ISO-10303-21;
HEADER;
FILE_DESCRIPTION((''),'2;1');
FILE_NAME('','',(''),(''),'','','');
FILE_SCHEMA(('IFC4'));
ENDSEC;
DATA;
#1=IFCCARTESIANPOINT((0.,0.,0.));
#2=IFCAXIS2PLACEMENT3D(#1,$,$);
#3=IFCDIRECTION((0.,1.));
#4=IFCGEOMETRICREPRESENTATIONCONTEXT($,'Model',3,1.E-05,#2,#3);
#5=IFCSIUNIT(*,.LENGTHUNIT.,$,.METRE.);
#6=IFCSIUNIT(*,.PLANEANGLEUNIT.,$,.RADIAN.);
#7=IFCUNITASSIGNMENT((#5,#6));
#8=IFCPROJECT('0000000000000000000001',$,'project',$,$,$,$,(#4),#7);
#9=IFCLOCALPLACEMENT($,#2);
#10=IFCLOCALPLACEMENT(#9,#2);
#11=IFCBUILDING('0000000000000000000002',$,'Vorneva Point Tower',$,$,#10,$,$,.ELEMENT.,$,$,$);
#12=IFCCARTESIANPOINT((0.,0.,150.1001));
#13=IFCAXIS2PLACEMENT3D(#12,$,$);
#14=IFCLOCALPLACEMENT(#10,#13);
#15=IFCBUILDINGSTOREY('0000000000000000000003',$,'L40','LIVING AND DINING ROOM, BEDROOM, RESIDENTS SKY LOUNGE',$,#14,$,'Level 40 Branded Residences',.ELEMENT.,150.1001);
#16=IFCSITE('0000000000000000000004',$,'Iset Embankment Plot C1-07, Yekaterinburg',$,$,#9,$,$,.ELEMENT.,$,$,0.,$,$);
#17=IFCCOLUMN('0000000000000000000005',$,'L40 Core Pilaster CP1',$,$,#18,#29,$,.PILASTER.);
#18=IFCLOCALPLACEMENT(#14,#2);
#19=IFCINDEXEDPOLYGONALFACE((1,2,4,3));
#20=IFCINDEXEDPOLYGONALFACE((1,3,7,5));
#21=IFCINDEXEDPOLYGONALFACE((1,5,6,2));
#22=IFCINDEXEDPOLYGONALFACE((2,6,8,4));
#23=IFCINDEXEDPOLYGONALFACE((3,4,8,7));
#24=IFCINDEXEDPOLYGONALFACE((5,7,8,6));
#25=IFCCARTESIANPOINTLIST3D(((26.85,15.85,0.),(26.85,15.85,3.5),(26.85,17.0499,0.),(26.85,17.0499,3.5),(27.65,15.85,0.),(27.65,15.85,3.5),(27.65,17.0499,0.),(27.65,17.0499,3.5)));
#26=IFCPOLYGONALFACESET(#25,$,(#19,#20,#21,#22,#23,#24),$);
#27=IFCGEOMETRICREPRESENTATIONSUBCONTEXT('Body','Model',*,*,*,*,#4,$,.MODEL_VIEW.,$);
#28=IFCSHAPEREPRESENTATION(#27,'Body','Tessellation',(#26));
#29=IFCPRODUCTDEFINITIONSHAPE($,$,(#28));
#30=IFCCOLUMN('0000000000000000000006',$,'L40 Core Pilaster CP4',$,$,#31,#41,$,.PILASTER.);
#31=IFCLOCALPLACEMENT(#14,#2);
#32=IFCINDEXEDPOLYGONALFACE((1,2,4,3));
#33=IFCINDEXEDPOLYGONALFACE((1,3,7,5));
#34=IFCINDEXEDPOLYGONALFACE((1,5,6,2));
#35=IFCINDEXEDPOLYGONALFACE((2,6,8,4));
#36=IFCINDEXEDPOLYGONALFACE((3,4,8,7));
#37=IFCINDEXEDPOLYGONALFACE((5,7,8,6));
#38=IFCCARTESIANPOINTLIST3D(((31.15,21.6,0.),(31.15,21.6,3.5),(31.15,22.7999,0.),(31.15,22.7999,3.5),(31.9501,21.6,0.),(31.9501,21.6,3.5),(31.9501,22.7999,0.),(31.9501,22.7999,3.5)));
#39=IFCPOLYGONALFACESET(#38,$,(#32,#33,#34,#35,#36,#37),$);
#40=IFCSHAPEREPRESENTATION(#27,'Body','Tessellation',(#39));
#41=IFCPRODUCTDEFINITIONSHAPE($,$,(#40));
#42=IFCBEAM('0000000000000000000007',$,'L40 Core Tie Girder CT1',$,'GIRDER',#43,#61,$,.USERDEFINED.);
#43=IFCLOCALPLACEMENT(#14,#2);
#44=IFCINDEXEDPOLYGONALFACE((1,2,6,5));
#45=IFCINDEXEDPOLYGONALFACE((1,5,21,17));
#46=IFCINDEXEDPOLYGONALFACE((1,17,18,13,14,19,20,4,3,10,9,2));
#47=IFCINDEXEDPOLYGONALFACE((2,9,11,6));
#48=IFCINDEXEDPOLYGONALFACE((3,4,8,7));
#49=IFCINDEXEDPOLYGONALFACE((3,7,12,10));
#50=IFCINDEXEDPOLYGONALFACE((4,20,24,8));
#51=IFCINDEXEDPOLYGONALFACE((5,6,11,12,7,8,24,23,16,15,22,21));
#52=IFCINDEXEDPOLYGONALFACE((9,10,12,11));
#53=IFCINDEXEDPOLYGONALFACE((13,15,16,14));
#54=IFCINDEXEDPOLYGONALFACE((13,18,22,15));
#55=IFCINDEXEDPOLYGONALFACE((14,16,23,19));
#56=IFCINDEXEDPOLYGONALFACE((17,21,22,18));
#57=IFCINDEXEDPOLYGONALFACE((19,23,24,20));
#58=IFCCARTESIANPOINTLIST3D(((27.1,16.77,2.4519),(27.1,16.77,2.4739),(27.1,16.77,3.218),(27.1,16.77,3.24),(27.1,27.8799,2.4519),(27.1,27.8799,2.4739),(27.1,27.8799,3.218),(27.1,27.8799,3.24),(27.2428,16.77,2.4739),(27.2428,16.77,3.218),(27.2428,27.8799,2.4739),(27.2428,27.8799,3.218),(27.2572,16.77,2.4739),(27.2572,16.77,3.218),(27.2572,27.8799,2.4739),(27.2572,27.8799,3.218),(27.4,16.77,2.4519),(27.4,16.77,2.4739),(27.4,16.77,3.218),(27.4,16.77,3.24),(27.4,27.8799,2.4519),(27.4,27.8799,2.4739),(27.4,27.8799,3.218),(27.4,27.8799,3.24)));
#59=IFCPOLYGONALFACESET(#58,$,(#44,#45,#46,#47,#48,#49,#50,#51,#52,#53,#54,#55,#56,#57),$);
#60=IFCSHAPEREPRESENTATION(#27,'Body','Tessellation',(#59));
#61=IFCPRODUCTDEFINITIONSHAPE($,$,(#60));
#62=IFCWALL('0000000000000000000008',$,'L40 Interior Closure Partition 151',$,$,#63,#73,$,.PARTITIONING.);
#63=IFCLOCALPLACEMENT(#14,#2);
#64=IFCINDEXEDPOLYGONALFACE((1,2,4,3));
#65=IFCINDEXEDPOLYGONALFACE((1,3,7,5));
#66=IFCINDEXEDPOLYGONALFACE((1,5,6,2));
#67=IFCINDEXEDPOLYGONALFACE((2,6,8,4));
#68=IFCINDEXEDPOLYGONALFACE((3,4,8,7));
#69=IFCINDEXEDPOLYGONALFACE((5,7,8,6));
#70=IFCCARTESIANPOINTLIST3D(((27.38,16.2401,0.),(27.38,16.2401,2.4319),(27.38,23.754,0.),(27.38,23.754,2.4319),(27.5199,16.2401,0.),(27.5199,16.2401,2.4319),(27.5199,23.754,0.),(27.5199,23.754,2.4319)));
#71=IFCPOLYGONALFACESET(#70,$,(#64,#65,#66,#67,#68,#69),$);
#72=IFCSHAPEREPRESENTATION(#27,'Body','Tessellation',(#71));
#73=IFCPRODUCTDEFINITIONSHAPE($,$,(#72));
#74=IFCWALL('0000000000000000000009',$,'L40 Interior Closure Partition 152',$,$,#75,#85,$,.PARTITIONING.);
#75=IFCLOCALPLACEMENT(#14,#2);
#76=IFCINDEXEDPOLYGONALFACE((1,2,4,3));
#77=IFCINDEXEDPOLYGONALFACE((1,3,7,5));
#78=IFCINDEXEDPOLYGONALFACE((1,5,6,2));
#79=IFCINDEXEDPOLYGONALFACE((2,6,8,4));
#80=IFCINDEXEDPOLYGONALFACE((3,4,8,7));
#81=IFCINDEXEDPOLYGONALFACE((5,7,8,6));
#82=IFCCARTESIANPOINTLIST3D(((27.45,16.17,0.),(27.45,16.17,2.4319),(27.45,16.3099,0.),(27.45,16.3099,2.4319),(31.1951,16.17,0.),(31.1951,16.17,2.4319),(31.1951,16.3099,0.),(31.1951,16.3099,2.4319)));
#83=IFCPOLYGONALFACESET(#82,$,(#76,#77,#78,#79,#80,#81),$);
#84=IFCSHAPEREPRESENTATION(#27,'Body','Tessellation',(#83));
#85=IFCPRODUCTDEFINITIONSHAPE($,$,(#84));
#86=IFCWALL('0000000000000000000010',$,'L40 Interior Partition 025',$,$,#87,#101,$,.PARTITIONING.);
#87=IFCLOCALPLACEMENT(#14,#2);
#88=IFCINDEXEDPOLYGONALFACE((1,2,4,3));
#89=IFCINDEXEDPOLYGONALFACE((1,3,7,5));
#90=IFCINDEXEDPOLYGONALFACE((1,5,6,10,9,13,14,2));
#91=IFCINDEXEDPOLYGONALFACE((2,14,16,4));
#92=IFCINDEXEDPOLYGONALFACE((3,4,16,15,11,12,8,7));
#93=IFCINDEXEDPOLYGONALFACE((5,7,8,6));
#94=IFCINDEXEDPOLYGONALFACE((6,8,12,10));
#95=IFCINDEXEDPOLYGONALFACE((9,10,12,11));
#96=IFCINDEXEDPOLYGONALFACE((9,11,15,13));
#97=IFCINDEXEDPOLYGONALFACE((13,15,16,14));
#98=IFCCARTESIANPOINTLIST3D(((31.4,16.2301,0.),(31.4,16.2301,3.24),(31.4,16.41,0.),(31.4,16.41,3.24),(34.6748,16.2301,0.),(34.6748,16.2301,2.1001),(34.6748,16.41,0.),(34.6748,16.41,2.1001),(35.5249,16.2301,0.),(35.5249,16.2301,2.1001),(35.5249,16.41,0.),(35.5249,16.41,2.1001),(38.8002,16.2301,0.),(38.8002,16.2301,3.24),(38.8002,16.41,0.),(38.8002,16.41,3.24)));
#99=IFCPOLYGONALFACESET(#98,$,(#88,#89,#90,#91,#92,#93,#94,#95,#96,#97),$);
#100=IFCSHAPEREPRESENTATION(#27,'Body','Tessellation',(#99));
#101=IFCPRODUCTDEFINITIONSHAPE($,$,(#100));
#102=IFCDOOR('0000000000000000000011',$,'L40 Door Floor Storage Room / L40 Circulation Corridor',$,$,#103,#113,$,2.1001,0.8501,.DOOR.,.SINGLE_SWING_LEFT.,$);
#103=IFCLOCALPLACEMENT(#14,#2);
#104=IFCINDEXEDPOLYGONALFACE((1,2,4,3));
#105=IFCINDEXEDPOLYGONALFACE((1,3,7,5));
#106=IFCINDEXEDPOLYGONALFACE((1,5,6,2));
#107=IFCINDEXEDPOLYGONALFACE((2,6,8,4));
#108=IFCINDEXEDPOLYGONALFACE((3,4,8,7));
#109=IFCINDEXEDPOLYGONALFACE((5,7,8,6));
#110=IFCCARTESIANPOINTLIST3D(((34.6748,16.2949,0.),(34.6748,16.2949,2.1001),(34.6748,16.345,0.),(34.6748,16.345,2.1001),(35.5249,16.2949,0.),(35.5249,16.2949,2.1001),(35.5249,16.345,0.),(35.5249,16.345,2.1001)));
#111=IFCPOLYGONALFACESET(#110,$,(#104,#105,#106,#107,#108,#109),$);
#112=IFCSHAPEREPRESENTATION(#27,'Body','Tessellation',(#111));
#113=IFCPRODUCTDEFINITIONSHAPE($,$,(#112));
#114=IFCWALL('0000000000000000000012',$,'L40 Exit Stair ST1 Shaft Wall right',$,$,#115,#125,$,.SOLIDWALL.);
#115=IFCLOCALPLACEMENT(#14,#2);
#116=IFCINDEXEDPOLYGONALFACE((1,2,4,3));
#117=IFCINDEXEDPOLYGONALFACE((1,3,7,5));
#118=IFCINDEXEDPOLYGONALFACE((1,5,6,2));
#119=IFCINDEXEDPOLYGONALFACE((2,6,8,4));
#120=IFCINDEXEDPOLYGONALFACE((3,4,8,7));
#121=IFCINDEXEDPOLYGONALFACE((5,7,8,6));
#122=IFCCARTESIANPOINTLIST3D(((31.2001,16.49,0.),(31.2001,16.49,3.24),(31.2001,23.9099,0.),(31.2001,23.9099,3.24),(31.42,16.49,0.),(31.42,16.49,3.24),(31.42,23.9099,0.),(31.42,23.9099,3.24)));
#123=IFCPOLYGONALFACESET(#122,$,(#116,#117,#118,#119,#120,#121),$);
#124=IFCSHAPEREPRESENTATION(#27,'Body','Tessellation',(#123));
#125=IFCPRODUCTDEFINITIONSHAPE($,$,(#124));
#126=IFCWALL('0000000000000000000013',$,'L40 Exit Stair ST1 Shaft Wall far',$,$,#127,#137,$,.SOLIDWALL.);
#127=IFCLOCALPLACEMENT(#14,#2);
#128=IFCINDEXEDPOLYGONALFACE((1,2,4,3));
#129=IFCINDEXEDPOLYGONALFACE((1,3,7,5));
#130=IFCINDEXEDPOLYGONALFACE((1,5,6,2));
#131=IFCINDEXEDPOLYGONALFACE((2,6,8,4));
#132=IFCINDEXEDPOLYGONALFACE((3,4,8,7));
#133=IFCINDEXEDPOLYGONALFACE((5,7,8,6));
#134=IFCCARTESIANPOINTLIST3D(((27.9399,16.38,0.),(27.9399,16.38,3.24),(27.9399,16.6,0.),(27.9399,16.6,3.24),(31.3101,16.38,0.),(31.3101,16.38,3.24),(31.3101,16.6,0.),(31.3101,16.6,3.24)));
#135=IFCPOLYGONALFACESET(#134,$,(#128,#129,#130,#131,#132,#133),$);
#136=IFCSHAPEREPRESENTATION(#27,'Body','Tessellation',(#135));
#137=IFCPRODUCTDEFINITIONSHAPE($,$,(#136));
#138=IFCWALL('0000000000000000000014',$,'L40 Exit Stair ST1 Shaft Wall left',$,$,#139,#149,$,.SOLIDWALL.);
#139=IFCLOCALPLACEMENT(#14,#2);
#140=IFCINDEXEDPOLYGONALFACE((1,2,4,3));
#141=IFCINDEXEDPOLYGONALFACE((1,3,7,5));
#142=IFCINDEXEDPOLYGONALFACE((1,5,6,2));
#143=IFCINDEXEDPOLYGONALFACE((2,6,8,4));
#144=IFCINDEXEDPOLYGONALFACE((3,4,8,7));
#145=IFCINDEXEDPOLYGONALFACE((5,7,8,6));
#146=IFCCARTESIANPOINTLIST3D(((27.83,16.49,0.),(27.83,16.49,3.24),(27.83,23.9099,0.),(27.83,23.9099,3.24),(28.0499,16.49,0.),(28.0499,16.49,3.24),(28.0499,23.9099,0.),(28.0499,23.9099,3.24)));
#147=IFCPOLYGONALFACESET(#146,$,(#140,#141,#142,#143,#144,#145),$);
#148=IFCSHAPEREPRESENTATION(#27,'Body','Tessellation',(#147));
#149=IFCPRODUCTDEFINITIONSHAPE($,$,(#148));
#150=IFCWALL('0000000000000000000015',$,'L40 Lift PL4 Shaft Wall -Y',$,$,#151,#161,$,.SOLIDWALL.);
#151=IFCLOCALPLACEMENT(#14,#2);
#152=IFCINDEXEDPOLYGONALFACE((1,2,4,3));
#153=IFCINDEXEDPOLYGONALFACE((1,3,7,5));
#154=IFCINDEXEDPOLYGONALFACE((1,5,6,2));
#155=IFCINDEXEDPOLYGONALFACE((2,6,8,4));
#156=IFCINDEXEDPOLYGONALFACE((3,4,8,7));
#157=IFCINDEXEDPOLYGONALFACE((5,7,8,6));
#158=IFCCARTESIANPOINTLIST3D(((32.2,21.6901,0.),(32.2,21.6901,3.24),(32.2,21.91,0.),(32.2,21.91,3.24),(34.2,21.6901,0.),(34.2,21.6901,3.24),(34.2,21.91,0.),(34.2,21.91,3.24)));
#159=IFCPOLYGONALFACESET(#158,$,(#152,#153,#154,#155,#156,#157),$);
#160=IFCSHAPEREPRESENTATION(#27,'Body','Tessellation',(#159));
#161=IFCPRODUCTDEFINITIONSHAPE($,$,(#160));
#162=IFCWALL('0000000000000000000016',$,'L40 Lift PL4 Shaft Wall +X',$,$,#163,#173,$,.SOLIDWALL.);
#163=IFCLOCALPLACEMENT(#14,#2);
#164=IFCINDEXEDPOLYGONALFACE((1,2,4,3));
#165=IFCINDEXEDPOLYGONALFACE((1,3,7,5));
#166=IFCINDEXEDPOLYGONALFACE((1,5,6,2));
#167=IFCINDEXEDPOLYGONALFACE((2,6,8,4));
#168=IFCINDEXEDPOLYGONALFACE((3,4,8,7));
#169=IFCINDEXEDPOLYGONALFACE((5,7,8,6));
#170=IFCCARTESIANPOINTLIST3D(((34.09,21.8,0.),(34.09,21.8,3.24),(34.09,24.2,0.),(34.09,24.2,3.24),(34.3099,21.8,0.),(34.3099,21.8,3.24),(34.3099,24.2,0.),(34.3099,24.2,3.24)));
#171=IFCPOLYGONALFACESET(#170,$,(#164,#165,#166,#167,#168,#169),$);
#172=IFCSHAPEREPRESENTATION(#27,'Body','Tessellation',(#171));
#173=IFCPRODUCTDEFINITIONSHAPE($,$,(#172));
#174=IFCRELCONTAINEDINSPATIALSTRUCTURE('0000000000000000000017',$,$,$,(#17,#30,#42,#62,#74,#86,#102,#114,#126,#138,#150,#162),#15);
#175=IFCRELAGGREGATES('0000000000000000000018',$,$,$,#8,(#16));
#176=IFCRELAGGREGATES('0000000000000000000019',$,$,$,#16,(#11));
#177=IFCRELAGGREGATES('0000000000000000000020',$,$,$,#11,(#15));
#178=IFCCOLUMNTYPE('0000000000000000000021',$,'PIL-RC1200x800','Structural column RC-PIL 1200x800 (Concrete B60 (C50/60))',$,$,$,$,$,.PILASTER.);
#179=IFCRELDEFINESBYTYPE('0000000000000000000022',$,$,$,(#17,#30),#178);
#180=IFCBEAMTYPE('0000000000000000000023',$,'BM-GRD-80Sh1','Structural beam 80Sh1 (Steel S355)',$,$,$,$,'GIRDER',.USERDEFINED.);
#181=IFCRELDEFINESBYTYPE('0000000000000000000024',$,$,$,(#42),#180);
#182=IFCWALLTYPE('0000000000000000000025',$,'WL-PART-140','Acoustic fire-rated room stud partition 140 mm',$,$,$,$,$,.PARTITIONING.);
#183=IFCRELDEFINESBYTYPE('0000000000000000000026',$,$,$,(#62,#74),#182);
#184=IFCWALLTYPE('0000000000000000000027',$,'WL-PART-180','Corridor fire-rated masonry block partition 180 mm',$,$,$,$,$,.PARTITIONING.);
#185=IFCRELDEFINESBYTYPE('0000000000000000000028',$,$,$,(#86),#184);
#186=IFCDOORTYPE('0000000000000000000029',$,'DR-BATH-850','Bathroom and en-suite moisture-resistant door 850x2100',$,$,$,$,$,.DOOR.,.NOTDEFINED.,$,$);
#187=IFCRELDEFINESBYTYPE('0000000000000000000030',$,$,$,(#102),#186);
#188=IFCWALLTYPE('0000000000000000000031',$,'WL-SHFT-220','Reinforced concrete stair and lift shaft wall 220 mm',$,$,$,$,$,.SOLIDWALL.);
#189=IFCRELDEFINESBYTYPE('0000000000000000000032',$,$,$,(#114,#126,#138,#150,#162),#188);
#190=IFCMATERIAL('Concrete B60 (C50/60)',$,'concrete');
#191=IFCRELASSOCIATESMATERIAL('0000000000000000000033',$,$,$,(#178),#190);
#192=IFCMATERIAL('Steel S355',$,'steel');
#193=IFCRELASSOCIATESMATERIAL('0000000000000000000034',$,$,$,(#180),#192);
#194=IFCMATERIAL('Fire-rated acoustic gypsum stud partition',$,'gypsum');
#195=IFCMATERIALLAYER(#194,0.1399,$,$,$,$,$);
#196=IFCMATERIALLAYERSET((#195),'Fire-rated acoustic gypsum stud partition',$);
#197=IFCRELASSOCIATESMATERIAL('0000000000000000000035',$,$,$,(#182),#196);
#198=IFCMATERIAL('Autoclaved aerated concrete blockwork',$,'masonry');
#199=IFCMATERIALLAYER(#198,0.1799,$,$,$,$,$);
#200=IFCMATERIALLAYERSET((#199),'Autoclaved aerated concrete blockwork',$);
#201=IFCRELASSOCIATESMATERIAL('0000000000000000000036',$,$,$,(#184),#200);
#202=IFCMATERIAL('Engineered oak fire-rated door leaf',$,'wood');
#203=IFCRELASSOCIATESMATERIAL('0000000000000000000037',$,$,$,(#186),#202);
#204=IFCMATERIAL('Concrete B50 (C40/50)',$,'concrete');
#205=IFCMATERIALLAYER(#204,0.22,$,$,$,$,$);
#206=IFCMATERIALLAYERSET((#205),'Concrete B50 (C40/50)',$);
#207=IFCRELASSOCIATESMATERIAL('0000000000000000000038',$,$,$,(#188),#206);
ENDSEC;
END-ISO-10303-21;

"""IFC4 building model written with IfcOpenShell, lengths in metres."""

from ifc_helpers import new_model, si_unit, direction, frame, frame_2d, origin, origin_2d, place, context, subcontext, project, spatial, rectangle, i_section, extrude, material, layer, layer_set, material_profile, profile_set, type_object, element, fill, save


model = new_model("IFC4")

# Units and contexts
model_context = context("Model", 3, precision=1e-05, world=origin(), true_north=direction((0.0, 1.0)))
body_context = subcontext(model_context, "Body", "Model", "MODEL_VIEW")
ifc_project = project(units=[si_unit("LENGTHUNIT", "METRE"), si_unit("PLANEANGLEUNIT", "RADIAN")], contexts=[model_context])

# Site, building, storey
site_placement = place(None, origin())
site = spatial("IfcSite", under=ifc_project, at=site_placement, Name="Iset Embankment Plot C1-07, Yekaterinburg", CompositionType="ELEMENT", RefElevation=0.0)
building_placement = place(site_placement, origin())
building = spatial("IfcBuilding", under=site, at=building_placement, Name="Vorneva Point Tower", CompositionType="ELEMENT")
storey_placement = place(building_placement, frame((0.0, 0.0, 150.1001)))
storey = spatial("IfcBuildingStorey", under=building, at=storey_placement, Name="L40", Description="LIVING AND DINING ROOM, BEDROOM, RESIDENTS SKY LOUNGE", LongName="Level 40 Branded Residences", CompositionType="ELEMENT", Elevation=150.1001)

# Columns
ifc_material_1 = material(Name="Concrete B60 (C50/60)", Category="concrete")
ifc_material_profile_1 = material_profile(ifc_material_1, rectangle(XDim=0.8, YDim=1.2, at=origin_2d()), Name="RC-PIL 1200x800")
ifc_profile_set_1 = profile_set([ifc_material_profile_1], Name="Concrete B60 (C50/60)")
column_type = type_object("IfcColumnType", Name="PIL-RC1200x800", Description="Structural column RC-PIL 1200x800 (Concrete B60 (C50/60))", PredefinedType="PILASTER", material=ifc_profile_set_1)
for number, where, z_axis, x_axis, name in (
    (1, (27.25, 16.45, 0.0), (0.0, 0.0, 1.0), (1.0, 0.0, 0.0), "L40 Core Pilaster CP1"),
    (2, (31.55, 22.2, 0.0), (0.0, 0.0, 1.0), (1.0, 0.0, 0.0), "L40 Core Pilaster CP4"),
):
    element("IfcColumn", number, at=place(storey_placement, frame(where, z_axis=z_axis, x_axis=x_axis)), inside=storey, type_object=column_type, Name=name, PredefinedType="PILASTER", context=body_context, shape_type="SweptSolid", body=[
        extrude(rectangle(XDim=0.8, YDim=1.2, at=origin_2d()), origin(), (0.0, 0.0, 1.0), 3.5),
    ])

# Beam
ifc_material_2 = material(Name="Steel S355", Category="steel")
ifc_material_profile_2 = material_profile(ifc_material_2, i_section(OverallWidth=0.3, OverallDepth=0.7881, WebThickness=0.0144, FlangeThickness=0.022, at=origin_2d()), Name="80Sh1")
ifc_profile_set_2 = profile_set([ifc_material_profile_2], Name="Steel S355")
beam_type = type_object("IfcBeamType", Name="BM-GRD-80Sh1", Description="Structural beam 80Sh1 (Steel S355)", ElementType="GIRDER", PredefinedType="USERDEFINED", material=ifc_profile_set_2)
beam_placement = place(storey_placement, frame((27.25, 16.77, 2.8459), z_axis=(0.0, 1.0, 0.0), x_axis=(-1.0, 0.0, 0.0)))
element("IfcBeam", 3, at=beam_placement, inside=storey, type_object=beam_type, Name="L40 Core Tie Girder CT1", ObjectType="GIRDER", PredefinedType="USERDEFINED", context=body_context, shape_type="SweptSolid", body=[
    extrude(i_section(OverallWidth=0.3, OverallDepth=0.7881, WebThickness=0.0144, FlangeThickness=0.022, at=origin_2d()), origin(), (0.0, 0.0, 1.0), 11.1099),
])

# Walls
ifc_material_3 = material(Name="Fire-rated acoustic gypsum stud partition", Category="gypsum")
ifc_layer_1 = layer(ifc_material_3, 0.1399)
ifc_layer_set_1 = layer_set([ifc_layer_1], Name="Fire-rated acoustic gypsum stud partition")
wall_type_1 = type_object("IfcWallType", Name="WL-PART-140", Description="Acoustic fire-rated room stud partition 140 mm", PredefinedType="PARTITIONING", material=ifc_layer_set_1)
wall_1_placement = place(storey_placement, frame((27.45, 23.7539, 0.0), z_axis=(0.0, 0.0, 1.0), x_axis=(0.0, -1.0, 0.0)))
element("IfcWall", 4, at=wall_1_placement, inside=storey, type_object=wall_type_1, Name="L40 Interior Closure Partition 151", PredefinedType="PARTITIONING", context=body_context, shape_type="SweptSolid", body=[
    extrude(rectangle(XDim=7.5139, YDim=0.1399, at=frame_2d((3.7568, 0.0))), origin(), (0.0, 0.0, 1.0), 2.4319),
])
wall_2_placement = place(storey_placement, frame((27.45, 16.24, 0.0), z_axis=(0.0, 0.0, 1.0), x_axis=(1.0, 0.0, 0.0)))
element("IfcWall", 5, at=wall_2_placement, inside=storey, type_object=wall_type_1, Name="L40 Interior Closure Partition 152", PredefinedType="PARTITIONING", context=body_context, shape_type="SweptSolid", body=[
    extrude(rectangle(XDim=3.7451, YDim=0.1399, at=frame_2d((1.8726, 0.0))), origin(), (0.0, 0.0, 1.0), 2.4319),
])

# Wall, opening, door
ifc_material_4 = material(Name="Autoclaved aerated concrete blockwork", Category="masonry")
ifc_layer_2 = layer(ifc_material_4, 0.1799)
ifc_layer_set_2 = layer_set([ifc_layer_2], Name="Autoclaved aerated concrete blockwork")
wall_type_2 = type_object("IfcWallType", Name="WL-PART-180", Description="Corridor fire-rated masonry block partition 180 mm", PredefinedType="PARTITIONING", material=ifc_layer_set_2)
wall_3_placement = place(storey_placement, frame((31.3999, 16.3201, 0.0), z_axis=(0.0, 0.0, 1.0), x_axis=(1.0, 0.0, 0.0)))
wall_3 = element("IfcWall", 6, at=wall_3_placement, inside=storey, type_object=wall_type_2, Name="L40 Interior Partition 025", PredefinedType="PARTITIONING", context=body_context, shape_type="SweptSolid", body=[
    extrude(rectangle(XDim=7.4001, YDim=0.1799, at=frame_2d((3.7002, 0.0))), origin(), (0.0, 0.0, 1.0), 3.24),
])
opening_1_placement = place(wall_3_placement, frame((3.2749, 0.0, 0.0)))
opening_1 = element("IfcOpeningElement", 7, at=opening_1_placement, cuts=wall_3, PredefinedType="OPENING", context=body_context, shape_type="SweptSolid", body=[
    extrude(rectangle(XDim=0.8501, YDim=2.1001, at=frame_2d((0.425, 1.05))), frame((0.0, 0.105, 0.0), z_axis=(0.0, -1.0, 0.0), x_axis=(1.0, 0.0, 0.0)), (0.0, 0.0, 1.0), 0.2097),
])
ifc_material_5 = material(Name="Engineered oak fire-rated door leaf", Category="wood")
door_type_1 = type_object("IfcDoorType", Name="DR-BATH-850", Description="Bathroom and en-suite moisture-resistant door 850x2100", OperationType="NOTDEFINED", PredefinedType="DOOR", material=ifc_material_5)
door_1_placement = place(opening_1_placement, origin())
door_1 = element("IfcDoor", 8, at=door_1_placement, inside=storey, type_object=door_type_1, Name="L40 Door Floor Storage Room / L40 Circulation Corridor", OperationType="SINGLE_SWING_LEFT", OverallHeight=2.1001, OverallWidth=0.8501, PredefinedType="DOOR", context=body_context, shape_type="SweptSolid", body=[
    extrude(rectangle(XDim=0.8501, YDim=2.1001, at=frame_2d((0.425, 1.05))), frame((0.0, 0.0249, 0.0), z_axis=(0.0, -1.0, 0.0), x_axis=(1.0, 0.0, 0.0)), (0.0, 0.0, 1.0), 0.05),
])
fill(opening_1, door_1)
ifc_material_6 = material(Name="Concrete B50 (C40/50)", Category="concrete")
ifc_layer_3 = layer(ifc_material_6, 0.22)
ifc_layer_set_3 = layer_set([ifc_layer_3], Name="Concrete B50 (C40/50)")
wall_type_3 = type_object("IfcWallType", Name="WL-SHFT-220", Description="Reinforced concrete stair and lift shaft wall 220 mm", PredefinedType="SOLIDWALL", material=ifc_layer_set_3)

# Walls
wall_4_placement = place(storey_placement, frame((31.3101, 23.9099, 0.0), z_axis=(0.0, 0.0, 1.0), x_axis=(0.0, -1.0, 0.0)))
element("IfcWall", 9, at=wall_4_placement, inside=storey, type_object=wall_type_3, Name="L40 Exit Stair ST1 Shaft Wall right", PredefinedType="SOLIDWALL", context=body_context, shape_type="SweptSolid", body=[
    extrude(rectangle(XDim=7.4199, YDim=0.22, at=frame_2d((3.71, 0.0))), origin(), (0.0, 0.0, 1.0), 3.24),
])
wall_5_placement = place(storey_placement, frame((31.3101, 16.49, 0.0), z_axis=(0.0, 0.0, 1.0), x_axis=(-1.0, 0.0, 0.0)))
element("IfcWall", 10, at=wall_5_placement, inside=storey, type_object=wall_type_3, Name="L40 Exit Stair ST1 Shaft Wall far", PredefinedType="SOLIDWALL", context=body_context, shape_type="SweptSolid", body=[
    extrude(rectangle(XDim=3.3701, YDim=0.22, at=frame_2d((1.6851, 0.0))), origin(), (0.0, 0.0, 1.0), 3.24),
])
wall_6_placement = place(storey_placement, frame((27.9399, 16.49, 0.0), z_axis=(0.0, 0.0, 1.0), x_axis=(0.0, 1.0, 0.0)))
element("IfcWall", 11, at=wall_6_placement, inside=storey, type_object=wall_type_3, Name="L40 Exit Stair ST1 Shaft Wall left", PredefinedType="SOLIDWALL", context=body_context, shape_type="SweptSolid", body=[
    extrude(rectangle(XDim=7.4199, YDim=0.22, at=frame_2d((3.71, 0.0))), origin(), (0.0, 0.0, 1.0), 3.24),
])
wall_7_placement = place(storey_placement, frame((32.2, 21.8, 0.0), z_axis=(0.0, 0.0, 1.0), x_axis=(1.0, 0.0, 0.0)))
element("IfcWall", 12, at=wall_7_placement, inside=storey, type_object=wall_type_3, Name="L40 Lift PL4 Shaft Wall -Y", PredefinedType="SOLIDWALL", context=body_context, shape_type="SweptSolid", body=[
    extrude(rectangle(XDim=2.0, YDim=0.22, at=frame_2d((1.0, 0.0))), origin(), (0.0, 0.0, 1.0), 3.24),
])
wall_8_placement = place(storey_placement, frame((34.2, 21.8, 0.0), z_axis=(0.0, 0.0, 1.0), x_axis=(0.0, 1.0, 0.0)))
element("IfcWall", 13, at=wall_8_placement, inside=storey, type_object=wall_type_3, Name="L40 Lift PL4 Shaft Wall +X", PredefinedType="SOLIDWALL", context=body_context, shape_type="SweptSolid", body=[
    extrude(rectangle(XDim=2.3999, YDim=0.22, at=frame_2d((1.2, 0.0))), origin(), (0.0, 0.0, 1.0), 3.24),
])

save(model, "model.ifc")
